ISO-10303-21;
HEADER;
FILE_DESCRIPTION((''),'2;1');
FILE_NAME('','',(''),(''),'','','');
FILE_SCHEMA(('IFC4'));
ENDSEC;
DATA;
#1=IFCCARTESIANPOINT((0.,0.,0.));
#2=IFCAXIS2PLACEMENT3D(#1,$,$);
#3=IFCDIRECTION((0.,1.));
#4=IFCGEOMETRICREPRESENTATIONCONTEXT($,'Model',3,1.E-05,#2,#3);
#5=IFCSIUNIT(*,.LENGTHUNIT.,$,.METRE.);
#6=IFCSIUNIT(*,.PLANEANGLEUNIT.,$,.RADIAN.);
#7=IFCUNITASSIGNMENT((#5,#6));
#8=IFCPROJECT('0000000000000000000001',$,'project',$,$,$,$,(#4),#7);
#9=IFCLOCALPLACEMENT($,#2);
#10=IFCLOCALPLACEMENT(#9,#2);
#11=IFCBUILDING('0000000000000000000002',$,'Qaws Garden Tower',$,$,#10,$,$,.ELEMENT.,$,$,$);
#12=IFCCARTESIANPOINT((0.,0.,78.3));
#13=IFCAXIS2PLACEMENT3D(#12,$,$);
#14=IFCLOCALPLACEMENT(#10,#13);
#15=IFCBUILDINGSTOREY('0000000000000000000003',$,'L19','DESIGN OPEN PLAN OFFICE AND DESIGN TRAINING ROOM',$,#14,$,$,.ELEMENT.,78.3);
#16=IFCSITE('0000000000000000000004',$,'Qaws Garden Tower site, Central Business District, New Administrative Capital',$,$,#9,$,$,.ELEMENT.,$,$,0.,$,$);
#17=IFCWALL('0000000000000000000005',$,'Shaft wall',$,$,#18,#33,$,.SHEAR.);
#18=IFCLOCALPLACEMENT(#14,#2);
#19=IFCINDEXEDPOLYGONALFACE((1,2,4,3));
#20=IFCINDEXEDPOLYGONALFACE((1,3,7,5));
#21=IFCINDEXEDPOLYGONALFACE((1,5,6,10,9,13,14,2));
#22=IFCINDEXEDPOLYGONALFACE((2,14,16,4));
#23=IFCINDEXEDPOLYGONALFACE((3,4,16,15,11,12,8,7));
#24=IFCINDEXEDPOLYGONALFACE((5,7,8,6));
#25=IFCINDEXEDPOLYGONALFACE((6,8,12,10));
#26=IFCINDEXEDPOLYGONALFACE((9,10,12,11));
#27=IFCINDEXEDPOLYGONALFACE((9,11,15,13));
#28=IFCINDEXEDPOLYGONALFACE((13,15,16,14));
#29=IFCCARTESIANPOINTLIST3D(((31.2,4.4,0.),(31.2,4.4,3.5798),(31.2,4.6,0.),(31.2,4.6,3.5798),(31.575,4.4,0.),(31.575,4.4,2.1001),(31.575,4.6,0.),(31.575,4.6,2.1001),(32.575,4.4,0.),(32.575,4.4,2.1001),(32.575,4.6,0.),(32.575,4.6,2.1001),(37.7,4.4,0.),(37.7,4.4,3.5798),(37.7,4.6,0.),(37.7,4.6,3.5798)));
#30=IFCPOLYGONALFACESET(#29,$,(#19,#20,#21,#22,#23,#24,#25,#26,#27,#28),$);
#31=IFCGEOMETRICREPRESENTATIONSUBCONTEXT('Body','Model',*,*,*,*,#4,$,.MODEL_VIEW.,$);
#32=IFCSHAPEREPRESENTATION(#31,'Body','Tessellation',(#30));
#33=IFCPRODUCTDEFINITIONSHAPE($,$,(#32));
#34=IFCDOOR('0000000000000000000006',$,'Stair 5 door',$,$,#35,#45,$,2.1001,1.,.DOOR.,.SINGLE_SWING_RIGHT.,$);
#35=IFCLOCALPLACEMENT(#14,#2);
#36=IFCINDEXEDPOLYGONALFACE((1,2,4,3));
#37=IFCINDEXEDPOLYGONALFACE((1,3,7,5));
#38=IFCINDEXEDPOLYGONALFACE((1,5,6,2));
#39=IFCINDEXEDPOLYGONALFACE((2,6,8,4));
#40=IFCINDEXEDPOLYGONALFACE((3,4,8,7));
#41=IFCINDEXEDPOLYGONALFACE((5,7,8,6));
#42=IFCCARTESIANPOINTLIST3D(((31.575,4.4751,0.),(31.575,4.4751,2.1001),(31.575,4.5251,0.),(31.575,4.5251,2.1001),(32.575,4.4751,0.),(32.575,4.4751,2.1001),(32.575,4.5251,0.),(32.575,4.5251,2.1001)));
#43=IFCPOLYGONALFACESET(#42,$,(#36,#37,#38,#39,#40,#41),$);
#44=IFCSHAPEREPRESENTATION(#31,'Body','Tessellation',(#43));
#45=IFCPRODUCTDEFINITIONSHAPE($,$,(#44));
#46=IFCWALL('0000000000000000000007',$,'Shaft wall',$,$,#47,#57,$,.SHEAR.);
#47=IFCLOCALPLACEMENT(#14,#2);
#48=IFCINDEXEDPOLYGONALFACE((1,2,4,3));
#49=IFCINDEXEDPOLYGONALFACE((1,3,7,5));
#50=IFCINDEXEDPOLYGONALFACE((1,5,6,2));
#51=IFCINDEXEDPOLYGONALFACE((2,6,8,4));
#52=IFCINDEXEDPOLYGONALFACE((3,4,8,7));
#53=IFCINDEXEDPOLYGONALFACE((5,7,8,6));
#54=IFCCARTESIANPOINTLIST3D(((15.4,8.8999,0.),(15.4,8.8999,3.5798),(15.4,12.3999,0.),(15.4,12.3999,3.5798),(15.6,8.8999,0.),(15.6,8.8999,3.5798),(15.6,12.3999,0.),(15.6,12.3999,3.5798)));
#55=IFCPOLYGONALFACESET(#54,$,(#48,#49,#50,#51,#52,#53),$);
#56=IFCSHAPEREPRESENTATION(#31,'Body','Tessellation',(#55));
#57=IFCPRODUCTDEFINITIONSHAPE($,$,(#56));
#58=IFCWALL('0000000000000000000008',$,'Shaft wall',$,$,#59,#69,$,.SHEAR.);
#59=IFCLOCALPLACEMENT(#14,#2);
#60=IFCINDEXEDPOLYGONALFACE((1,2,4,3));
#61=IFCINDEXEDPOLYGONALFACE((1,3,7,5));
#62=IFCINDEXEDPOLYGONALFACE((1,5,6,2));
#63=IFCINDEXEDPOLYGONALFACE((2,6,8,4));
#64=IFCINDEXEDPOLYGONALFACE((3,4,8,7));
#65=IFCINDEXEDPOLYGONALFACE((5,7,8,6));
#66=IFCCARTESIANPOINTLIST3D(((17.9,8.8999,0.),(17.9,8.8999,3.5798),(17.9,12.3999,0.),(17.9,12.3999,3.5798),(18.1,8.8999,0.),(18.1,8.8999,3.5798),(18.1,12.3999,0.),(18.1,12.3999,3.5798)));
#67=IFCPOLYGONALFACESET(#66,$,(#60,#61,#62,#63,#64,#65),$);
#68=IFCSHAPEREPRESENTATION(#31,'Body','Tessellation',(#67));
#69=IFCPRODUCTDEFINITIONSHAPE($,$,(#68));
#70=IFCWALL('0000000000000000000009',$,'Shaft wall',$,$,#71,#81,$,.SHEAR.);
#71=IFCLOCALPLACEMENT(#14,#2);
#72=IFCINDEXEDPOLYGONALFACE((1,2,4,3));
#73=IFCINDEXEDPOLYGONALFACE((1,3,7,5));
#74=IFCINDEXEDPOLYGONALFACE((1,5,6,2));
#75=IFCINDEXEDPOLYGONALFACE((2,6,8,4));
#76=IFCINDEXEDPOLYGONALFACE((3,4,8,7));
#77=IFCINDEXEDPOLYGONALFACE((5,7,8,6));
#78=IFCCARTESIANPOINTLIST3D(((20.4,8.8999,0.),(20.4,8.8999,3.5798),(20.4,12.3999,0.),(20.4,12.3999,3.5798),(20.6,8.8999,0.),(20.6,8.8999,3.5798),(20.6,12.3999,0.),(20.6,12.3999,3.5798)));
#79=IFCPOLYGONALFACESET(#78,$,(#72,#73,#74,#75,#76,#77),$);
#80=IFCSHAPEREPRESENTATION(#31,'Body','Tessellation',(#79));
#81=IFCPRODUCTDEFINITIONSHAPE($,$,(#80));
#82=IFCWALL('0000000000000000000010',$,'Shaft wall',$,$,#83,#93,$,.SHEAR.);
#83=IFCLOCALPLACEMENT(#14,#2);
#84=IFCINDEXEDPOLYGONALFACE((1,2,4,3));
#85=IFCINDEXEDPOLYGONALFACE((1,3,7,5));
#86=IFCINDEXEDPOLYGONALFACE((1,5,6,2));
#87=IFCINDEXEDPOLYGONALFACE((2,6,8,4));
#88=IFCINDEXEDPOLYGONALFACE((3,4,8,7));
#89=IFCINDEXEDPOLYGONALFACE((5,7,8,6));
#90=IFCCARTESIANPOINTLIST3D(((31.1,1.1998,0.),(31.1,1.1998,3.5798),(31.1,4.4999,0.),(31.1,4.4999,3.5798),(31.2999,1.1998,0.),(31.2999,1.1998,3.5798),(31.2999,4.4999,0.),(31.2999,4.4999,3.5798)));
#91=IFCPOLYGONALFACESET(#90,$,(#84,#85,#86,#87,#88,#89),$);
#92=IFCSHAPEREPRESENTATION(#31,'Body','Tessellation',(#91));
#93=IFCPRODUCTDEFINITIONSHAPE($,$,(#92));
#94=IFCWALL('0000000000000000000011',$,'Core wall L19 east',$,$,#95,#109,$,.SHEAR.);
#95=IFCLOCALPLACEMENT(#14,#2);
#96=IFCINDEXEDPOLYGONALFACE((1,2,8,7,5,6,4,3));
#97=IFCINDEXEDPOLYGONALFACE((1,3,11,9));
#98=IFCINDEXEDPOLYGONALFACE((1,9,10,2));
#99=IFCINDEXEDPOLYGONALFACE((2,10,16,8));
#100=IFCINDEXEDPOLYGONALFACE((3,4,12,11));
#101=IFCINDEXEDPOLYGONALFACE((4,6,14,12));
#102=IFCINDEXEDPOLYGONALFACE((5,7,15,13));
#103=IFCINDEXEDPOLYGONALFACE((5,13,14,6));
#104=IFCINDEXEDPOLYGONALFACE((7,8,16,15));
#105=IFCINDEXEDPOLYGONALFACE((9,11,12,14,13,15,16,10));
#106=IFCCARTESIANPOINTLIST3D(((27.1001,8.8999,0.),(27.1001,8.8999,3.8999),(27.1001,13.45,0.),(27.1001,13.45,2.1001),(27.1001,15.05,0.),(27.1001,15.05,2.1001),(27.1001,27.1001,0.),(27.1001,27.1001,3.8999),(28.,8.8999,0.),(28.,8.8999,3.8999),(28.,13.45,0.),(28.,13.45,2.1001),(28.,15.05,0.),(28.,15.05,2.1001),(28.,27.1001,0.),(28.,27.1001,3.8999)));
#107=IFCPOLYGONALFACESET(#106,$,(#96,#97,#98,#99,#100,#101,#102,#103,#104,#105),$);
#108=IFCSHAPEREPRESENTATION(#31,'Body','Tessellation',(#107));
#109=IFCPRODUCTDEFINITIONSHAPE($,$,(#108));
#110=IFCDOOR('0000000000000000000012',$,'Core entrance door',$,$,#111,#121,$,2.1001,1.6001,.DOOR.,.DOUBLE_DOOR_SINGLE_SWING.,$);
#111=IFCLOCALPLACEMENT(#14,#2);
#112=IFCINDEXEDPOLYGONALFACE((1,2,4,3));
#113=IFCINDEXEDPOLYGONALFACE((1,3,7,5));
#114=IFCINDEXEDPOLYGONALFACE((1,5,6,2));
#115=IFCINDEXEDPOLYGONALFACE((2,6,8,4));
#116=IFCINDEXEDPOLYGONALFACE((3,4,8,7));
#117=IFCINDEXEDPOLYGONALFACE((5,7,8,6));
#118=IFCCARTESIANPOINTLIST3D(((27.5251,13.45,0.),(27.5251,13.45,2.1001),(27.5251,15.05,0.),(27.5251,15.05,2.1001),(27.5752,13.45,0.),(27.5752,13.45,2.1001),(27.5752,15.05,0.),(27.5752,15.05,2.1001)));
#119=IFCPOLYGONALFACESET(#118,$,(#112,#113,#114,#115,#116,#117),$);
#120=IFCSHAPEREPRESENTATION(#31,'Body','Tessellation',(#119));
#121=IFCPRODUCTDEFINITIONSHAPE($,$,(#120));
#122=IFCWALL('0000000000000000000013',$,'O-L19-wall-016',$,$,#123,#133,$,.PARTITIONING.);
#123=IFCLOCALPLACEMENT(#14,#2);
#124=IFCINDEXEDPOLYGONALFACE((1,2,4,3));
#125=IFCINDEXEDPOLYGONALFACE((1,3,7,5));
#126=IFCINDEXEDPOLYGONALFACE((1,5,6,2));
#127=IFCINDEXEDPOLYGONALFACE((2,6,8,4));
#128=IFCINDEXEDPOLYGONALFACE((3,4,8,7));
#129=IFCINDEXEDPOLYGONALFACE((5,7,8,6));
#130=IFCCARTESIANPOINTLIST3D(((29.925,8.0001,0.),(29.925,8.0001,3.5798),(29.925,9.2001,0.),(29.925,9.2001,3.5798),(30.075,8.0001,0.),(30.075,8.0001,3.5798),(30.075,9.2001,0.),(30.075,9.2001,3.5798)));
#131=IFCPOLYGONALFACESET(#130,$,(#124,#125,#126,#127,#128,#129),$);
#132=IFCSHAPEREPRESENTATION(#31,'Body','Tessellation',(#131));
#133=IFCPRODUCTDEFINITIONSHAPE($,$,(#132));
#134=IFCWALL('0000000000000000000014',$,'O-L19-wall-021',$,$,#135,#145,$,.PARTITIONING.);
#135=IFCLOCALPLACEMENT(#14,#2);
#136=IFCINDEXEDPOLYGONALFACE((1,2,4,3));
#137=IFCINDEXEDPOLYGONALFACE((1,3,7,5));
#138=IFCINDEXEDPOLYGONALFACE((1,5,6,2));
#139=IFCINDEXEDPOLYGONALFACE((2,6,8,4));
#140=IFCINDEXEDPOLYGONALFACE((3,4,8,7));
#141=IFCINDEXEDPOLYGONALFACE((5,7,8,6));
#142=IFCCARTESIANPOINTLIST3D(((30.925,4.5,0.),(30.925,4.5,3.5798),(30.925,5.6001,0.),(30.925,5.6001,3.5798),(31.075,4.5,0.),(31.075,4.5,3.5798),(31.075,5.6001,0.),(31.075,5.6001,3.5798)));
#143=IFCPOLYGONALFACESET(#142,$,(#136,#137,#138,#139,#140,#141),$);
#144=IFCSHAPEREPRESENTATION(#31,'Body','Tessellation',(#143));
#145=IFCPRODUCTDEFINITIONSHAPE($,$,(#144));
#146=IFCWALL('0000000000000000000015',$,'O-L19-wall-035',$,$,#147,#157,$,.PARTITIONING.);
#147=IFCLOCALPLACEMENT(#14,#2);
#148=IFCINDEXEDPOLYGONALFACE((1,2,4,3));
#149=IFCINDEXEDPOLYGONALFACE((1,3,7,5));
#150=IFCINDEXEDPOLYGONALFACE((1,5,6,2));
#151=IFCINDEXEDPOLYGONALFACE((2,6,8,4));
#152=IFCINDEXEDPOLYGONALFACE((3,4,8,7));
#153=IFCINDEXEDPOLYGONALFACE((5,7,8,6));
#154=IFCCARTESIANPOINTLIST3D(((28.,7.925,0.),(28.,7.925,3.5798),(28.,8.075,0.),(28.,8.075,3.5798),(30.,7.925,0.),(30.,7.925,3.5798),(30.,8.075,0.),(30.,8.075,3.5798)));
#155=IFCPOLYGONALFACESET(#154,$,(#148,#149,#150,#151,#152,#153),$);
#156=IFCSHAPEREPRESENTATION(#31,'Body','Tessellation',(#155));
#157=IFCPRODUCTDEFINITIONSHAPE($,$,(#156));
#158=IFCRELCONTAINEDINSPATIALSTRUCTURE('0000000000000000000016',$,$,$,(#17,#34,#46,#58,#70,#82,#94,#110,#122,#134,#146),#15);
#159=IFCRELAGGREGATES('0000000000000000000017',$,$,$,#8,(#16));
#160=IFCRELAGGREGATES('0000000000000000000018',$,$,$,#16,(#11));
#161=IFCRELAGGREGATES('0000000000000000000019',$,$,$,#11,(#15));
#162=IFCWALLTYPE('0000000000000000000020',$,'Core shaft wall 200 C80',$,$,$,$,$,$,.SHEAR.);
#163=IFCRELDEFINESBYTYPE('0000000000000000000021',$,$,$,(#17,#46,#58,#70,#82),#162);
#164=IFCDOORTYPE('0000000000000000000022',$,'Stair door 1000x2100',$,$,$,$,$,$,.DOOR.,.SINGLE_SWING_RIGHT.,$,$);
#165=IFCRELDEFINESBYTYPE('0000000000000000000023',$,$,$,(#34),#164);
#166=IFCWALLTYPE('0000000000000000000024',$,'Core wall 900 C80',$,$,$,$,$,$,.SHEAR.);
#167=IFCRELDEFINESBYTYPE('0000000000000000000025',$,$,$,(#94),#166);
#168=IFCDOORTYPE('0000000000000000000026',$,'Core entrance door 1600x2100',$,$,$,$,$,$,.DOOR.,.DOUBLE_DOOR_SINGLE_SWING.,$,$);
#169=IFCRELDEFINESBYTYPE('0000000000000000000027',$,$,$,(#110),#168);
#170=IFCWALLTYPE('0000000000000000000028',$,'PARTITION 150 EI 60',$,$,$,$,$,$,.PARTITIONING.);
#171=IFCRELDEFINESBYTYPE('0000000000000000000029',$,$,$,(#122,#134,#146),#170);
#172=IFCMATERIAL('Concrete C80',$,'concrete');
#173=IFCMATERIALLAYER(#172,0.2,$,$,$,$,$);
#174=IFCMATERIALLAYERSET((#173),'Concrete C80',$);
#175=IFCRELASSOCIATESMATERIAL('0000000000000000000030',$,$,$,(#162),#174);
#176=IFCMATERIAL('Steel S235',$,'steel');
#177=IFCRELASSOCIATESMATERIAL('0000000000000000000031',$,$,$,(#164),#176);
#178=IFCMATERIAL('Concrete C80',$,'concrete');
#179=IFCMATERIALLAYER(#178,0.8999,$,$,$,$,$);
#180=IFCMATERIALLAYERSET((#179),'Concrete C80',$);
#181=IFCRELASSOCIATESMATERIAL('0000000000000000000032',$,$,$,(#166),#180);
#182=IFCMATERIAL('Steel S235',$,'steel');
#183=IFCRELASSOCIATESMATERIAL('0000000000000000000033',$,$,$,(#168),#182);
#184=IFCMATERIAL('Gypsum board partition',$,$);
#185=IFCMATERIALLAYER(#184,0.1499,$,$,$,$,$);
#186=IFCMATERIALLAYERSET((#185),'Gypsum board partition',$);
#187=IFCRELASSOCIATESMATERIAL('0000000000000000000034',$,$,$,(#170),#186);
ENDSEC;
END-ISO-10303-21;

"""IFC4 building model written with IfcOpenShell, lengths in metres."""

from ifc_helpers import new_model, si_unit, direction, frame, frame_2d, origin, place, context, subcontext, project, spatial, rectangle, extrude, material, layer, layer_set, type_object, element, fill, save


model = new_model("IFC4")

# Units and contexts
model_context = context("Model", 3, precision=1e-05, world=origin(), true_north=direction((0.0, 1.0)))
body_context = subcontext(model_context, "Body", "Model", "MODEL_VIEW")
ifc_project = project(units=[si_unit("LENGTHUNIT", "METRE"), si_unit("PLANEANGLEUNIT", "RADIAN")], contexts=[model_context])

# Site, building, storey
site_placement = place(None, origin())
site = spatial("IfcSite", under=ifc_project, at=site_placement, Name="Qaws Garden Tower site, Central Business District, New Administrative Capital", CompositionType="ELEMENT", RefElevation=0.0)
building_placement = place(site_placement, origin())
building = spatial("IfcBuilding", under=site, at=building_placement, Name="Qaws Garden Tower", CompositionType="ELEMENT")
storey_placement = place(building_placement, frame((0.0, 0.0, 78.3)))
storey = spatial("IfcBuildingStorey", under=building, at=storey_placement, Name="L19", Description="DESIGN OPEN PLAN OFFICE AND DESIGN TRAINING ROOM", CompositionType="ELEMENT", Elevation=78.3)

# Shared definitions
ifc_material_1 = material(Name="Concrete C80", Category="concrete")
ifc_layer_1 = layer(ifc_material_1, 0.2)
ifc_layer_set_1 = layer_set([ifc_layer_1], Name="Concrete C80")
wall_type_1 = type_object("IfcWallType", Name="Core shaft wall 200 C80", PredefinedType="SHEAR", material=ifc_layer_set_1)

# Wall, opening, door
wall_1_placement = place(storey_placement, frame((31.2, 4.5, 0.0), z_axis=(0.0, 0.0, 1.0), x_axis=(1.0, 0.0, 0.0)))
wall_1 = element("IfcWall", 1, at=wall_1_placement, inside=storey, type_object=wall_type_1, Name="Shaft wall", PredefinedType="SHEAR", context=body_context, shape_type="SweptSolid", body=[
    extrude(rectangle(XDim=6.5, YDim=0.2, at=frame_2d((3.25, 0.0))), origin(), (0.0, 0.0, 1.0), 3.5798),
])
opening_1_placement = place(wall_1_placement, frame((0.375, 0.0, 0.0)))
opening_1 = element("IfcOpeningElement", 2, at=opening_1_placement, cuts=wall_1, PredefinedType="OPENING", context=body_context, shape_type="SweptSolid", body=[
    extrude(rectangle(XDim=1.0, YDim=2.1001, at=frame_2d((0.5, 1.05))), frame((0.0, 0.1099, 0.0), z_axis=(0.0, -1.0, 0.0), x_axis=(1.0, 0.0, 0.0)), (0.0, 0.0, 1.0), 0.22),
])
ifc_material_2 = material(Name="Steel S235", Category="steel")
door_type_1 = type_object("IfcDoorType", Name="Stair door 1000x2100", OperationType="SINGLE_SWING_RIGHT", PredefinedType="DOOR", material=ifc_material_2)
door_1_placement = place(opening_1_placement, frame((1.0, 0.0, 0.0), z_axis=(0.0, 0.0, 1.0), x_axis=(-1.0, 0.0, 0.0)))
door_1 = element("IfcDoor", 3, at=door_1_placement, inside=storey, type_object=door_type_1, Name="Stair 5 door", OperationType="SINGLE_SWING_RIGHT", OverallHeight=2.1001, OverallWidth=1.0, PredefinedType="DOOR", context=body_context, shape_type="SweptSolid", body=[
    extrude(rectangle(XDim=1.0, YDim=2.1001, at=frame_2d((0.5, 1.05))), frame((0.0, 0.0249, 0.0), z_axis=(0.0, -1.0, 0.0), x_axis=(1.0, 0.0, 0.0)), (0.0, 0.0, 1.0), 0.05),
])
fill(opening_1, door_1)

# Walls
for number, where, z_axis, x_axis, name in (
    (4, (15.5, 8.8999, 0.0), (0.0, 0.0, 1.0), (0.0, 1.0, 0.0), "Shaft wall"),
    (5, (18.0, 8.8999, 0.0), (0.0, 0.0, 1.0), (0.0, 1.0, 0.0), "Shaft wall"),
    (6, (20.5, 8.8999, 0.0), (0.0, 0.0, 1.0), (0.0, 1.0, 0.0), "Shaft wall"),
):
    element("IfcWall", number, at=place(storey_placement, frame(where, z_axis=z_axis, x_axis=x_axis)), inside=storey, type_object=wall_type_1, Name=name, PredefinedType="SHEAR", context=body_context, shape_type="SweptSolid", body=[
        extrude(rectangle(XDim=3.5, YDim=0.2, at=frame_2d((1.75, 0.0))), origin(), (0.0, 0.0, 1.0), 3.5798),
    ])
wall_2_placement = place(storey_placement, frame((31.2, 1.2, 0.0), z_axis=(0.0, 0.0, 1.0), x_axis=(0.0, 1.0, 0.0)))
element("IfcWall", 7, at=wall_2_placement, inside=storey, type_object=wall_type_1, Name="Shaft wall", PredefinedType="SHEAR", context=body_context, shape_type="SweptSolid", body=[
    extrude(rectangle(XDim=3.3, YDim=0.2, at=frame_2d((1.6499, 0.0))), origin(), (0.0, 0.0, 1.0), 3.5798),
])

# Wall, opening, door
ifc_material_3 = material(Name="Concrete C80", Category="concrete")
ifc_layer_2 = layer(ifc_material_3, 0.8999)
ifc_layer_set_2 = layer_set([ifc_layer_2], Name="Concrete C80")
wall_type_2 = type_object("IfcWallType", Name="Core wall 900 C80", PredefinedType="SHEAR", material=ifc_layer_set_2)
wall_3_placement = place(storey_placement, frame((27.55, 8.8999, 0.0), z_axis=(0.0, 0.0, 1.0), x_axis=(0.0, 1.0, 0.0)))
wall_3 = element("IfcWall", 8, at=wall_3_placement, inside=storey, type_object=wall_type_2, Name="Core wall L19 east", PredefinedType="SHEAR", context=body_context, shape_type="SweptSolid", body=[
    extrude(rectangle(XDim=18.2002, YDim=0.8999, at=frame_2d((9.1001, 0.0))), origin(), (0.0, 0.0, 1.0), 3.8999),
])
opening_2_placement = place(wall_3_placement, frame((4.55, 0.0, 0.0)))
opening_2 = element("IfcOpeningElement", 9, at=opening_2_placement, cuts=wall_3, PredefinedType="OPENING", context=body_context, shape_type="SweptSolid", body=[
    extrude(rectangle(XDim=1.6001, YDim=2.1001, at=frame_2d((0.8, 1.05))), frame((0.0, 0.46, 0.0), z_axis=(0.0, -1.0, 0.0), x_axis=(1.0, 0.0, 0.0)), (0.0, 0.0, 1.0), 0.9199),
])
ifc_material_4 = material(Name="Steel S235", Category="steel")
door_type_2 = type_object("IfcDoorType", Name="Core entrance door 1600x2100", OperationType="DOUBLE_DOOR_SINGLE_SWING", PredefinedType="DOOR", material=ifc_material_4)
door_2_placement = place(opening_2_placement, origin())
door_2 = element("IfcDoor", 10, at=door_2_placement, inside=storey, type_object=door_type_2, Name="Core entrance door", OperationType="DOUBLE_DOOR_SINGLE_SWING", OverallHeight=2.1001, OverallWidth=1.6001, PredefinedType="DOOR", context=body_context, shape_type="SweptSolid", body=[
    extrude(rectangle(XDim=1.6001, YDim=2.1001, at=frame_2d((0.8, 1.05))), frame((0.0, 0.0249, 0.0), z_axis=(0.0, -1.0, 0.0), x_axis=(1.0, 0.0, 0.0)), (0.0, 0.0, 1.0), 0.05),
])
fill(opening_2, door_2)

# Walls
ifc_material_5 = material(Name="Gypsum board partition")
ifc_layer_3 = layer(ifc_material_5, 0.1499)
ifc_layer_set_3 = layer_set([ifc_layer_3], Name="Gypsum board partition")
wall_type_3 = type_object("IfcWallType", Name="PARTITION 150 EI 60", PredefinedType="PARTITIONING", material=ifc_layer_set_3)
wall_4_placement = place(storey_placement, frame((30.0, 8.0, 0.0), z_axis=(0.0, 0.0, 1.0), x_axis=(0.0, 1.0, 0.0)))
element("IfcWall", 11, at=wall_4_placement, inside=storey, type_object=wall_type_3, Name="O-L19-wall-016", PredefinedType="PARTITIONING", context=body_context, shape_type="SweptSolid", body=[
    extrude(rectangle(XDim=1.2, YDim=0.1499, at=frame_2d((0.6001, 0.0))), origin(), (0.0, 0.0, 1.0), 3.5798),
])
wall_5_placement = place(storey_placement, frame((31.0, 4.5, 0.0), z_axis=(0.0, 0.0, 1.0), x_axis=(0.0, 1.0, 0.0)))
element("IfcWall", 12, at=wall_5_placement, inside=storey, type_object=wall_type_3, Name="O-L19-wall-021", PredefinedType="PARTITIONING", context=body_context, shape_type="SweptSolid", body=[
    extrude(rectangle(XDim=1.1001, YDim=0.1499, at=frame_2d((0.55, 0.0))), origin(), (0.0, 0.0, 1.0), 3.5798),
])
wall_6_placement = place(storey_placement, frame((28.0, 8.0, 0.0), z_axis=(0.0, 0.0, 1.0), x_axis=(1.0, 0.0, 0.0)))
element("IfcWall", 13, at=wall_6_placement, inside=storey, type_object=wall_type_3, Name="O-L19-wall-035", PredefinedType="PARTITIONING", context=body_context, shape_type="SweptSolid", body=[
    extrude(rectangle(XDim=2.0, YDim=0.1499, at=frame_2d((1.0, 0.0))), origin(), (0.0, 0.0, 1.0), 3.5798),
])

save(model, "model.ifc")
